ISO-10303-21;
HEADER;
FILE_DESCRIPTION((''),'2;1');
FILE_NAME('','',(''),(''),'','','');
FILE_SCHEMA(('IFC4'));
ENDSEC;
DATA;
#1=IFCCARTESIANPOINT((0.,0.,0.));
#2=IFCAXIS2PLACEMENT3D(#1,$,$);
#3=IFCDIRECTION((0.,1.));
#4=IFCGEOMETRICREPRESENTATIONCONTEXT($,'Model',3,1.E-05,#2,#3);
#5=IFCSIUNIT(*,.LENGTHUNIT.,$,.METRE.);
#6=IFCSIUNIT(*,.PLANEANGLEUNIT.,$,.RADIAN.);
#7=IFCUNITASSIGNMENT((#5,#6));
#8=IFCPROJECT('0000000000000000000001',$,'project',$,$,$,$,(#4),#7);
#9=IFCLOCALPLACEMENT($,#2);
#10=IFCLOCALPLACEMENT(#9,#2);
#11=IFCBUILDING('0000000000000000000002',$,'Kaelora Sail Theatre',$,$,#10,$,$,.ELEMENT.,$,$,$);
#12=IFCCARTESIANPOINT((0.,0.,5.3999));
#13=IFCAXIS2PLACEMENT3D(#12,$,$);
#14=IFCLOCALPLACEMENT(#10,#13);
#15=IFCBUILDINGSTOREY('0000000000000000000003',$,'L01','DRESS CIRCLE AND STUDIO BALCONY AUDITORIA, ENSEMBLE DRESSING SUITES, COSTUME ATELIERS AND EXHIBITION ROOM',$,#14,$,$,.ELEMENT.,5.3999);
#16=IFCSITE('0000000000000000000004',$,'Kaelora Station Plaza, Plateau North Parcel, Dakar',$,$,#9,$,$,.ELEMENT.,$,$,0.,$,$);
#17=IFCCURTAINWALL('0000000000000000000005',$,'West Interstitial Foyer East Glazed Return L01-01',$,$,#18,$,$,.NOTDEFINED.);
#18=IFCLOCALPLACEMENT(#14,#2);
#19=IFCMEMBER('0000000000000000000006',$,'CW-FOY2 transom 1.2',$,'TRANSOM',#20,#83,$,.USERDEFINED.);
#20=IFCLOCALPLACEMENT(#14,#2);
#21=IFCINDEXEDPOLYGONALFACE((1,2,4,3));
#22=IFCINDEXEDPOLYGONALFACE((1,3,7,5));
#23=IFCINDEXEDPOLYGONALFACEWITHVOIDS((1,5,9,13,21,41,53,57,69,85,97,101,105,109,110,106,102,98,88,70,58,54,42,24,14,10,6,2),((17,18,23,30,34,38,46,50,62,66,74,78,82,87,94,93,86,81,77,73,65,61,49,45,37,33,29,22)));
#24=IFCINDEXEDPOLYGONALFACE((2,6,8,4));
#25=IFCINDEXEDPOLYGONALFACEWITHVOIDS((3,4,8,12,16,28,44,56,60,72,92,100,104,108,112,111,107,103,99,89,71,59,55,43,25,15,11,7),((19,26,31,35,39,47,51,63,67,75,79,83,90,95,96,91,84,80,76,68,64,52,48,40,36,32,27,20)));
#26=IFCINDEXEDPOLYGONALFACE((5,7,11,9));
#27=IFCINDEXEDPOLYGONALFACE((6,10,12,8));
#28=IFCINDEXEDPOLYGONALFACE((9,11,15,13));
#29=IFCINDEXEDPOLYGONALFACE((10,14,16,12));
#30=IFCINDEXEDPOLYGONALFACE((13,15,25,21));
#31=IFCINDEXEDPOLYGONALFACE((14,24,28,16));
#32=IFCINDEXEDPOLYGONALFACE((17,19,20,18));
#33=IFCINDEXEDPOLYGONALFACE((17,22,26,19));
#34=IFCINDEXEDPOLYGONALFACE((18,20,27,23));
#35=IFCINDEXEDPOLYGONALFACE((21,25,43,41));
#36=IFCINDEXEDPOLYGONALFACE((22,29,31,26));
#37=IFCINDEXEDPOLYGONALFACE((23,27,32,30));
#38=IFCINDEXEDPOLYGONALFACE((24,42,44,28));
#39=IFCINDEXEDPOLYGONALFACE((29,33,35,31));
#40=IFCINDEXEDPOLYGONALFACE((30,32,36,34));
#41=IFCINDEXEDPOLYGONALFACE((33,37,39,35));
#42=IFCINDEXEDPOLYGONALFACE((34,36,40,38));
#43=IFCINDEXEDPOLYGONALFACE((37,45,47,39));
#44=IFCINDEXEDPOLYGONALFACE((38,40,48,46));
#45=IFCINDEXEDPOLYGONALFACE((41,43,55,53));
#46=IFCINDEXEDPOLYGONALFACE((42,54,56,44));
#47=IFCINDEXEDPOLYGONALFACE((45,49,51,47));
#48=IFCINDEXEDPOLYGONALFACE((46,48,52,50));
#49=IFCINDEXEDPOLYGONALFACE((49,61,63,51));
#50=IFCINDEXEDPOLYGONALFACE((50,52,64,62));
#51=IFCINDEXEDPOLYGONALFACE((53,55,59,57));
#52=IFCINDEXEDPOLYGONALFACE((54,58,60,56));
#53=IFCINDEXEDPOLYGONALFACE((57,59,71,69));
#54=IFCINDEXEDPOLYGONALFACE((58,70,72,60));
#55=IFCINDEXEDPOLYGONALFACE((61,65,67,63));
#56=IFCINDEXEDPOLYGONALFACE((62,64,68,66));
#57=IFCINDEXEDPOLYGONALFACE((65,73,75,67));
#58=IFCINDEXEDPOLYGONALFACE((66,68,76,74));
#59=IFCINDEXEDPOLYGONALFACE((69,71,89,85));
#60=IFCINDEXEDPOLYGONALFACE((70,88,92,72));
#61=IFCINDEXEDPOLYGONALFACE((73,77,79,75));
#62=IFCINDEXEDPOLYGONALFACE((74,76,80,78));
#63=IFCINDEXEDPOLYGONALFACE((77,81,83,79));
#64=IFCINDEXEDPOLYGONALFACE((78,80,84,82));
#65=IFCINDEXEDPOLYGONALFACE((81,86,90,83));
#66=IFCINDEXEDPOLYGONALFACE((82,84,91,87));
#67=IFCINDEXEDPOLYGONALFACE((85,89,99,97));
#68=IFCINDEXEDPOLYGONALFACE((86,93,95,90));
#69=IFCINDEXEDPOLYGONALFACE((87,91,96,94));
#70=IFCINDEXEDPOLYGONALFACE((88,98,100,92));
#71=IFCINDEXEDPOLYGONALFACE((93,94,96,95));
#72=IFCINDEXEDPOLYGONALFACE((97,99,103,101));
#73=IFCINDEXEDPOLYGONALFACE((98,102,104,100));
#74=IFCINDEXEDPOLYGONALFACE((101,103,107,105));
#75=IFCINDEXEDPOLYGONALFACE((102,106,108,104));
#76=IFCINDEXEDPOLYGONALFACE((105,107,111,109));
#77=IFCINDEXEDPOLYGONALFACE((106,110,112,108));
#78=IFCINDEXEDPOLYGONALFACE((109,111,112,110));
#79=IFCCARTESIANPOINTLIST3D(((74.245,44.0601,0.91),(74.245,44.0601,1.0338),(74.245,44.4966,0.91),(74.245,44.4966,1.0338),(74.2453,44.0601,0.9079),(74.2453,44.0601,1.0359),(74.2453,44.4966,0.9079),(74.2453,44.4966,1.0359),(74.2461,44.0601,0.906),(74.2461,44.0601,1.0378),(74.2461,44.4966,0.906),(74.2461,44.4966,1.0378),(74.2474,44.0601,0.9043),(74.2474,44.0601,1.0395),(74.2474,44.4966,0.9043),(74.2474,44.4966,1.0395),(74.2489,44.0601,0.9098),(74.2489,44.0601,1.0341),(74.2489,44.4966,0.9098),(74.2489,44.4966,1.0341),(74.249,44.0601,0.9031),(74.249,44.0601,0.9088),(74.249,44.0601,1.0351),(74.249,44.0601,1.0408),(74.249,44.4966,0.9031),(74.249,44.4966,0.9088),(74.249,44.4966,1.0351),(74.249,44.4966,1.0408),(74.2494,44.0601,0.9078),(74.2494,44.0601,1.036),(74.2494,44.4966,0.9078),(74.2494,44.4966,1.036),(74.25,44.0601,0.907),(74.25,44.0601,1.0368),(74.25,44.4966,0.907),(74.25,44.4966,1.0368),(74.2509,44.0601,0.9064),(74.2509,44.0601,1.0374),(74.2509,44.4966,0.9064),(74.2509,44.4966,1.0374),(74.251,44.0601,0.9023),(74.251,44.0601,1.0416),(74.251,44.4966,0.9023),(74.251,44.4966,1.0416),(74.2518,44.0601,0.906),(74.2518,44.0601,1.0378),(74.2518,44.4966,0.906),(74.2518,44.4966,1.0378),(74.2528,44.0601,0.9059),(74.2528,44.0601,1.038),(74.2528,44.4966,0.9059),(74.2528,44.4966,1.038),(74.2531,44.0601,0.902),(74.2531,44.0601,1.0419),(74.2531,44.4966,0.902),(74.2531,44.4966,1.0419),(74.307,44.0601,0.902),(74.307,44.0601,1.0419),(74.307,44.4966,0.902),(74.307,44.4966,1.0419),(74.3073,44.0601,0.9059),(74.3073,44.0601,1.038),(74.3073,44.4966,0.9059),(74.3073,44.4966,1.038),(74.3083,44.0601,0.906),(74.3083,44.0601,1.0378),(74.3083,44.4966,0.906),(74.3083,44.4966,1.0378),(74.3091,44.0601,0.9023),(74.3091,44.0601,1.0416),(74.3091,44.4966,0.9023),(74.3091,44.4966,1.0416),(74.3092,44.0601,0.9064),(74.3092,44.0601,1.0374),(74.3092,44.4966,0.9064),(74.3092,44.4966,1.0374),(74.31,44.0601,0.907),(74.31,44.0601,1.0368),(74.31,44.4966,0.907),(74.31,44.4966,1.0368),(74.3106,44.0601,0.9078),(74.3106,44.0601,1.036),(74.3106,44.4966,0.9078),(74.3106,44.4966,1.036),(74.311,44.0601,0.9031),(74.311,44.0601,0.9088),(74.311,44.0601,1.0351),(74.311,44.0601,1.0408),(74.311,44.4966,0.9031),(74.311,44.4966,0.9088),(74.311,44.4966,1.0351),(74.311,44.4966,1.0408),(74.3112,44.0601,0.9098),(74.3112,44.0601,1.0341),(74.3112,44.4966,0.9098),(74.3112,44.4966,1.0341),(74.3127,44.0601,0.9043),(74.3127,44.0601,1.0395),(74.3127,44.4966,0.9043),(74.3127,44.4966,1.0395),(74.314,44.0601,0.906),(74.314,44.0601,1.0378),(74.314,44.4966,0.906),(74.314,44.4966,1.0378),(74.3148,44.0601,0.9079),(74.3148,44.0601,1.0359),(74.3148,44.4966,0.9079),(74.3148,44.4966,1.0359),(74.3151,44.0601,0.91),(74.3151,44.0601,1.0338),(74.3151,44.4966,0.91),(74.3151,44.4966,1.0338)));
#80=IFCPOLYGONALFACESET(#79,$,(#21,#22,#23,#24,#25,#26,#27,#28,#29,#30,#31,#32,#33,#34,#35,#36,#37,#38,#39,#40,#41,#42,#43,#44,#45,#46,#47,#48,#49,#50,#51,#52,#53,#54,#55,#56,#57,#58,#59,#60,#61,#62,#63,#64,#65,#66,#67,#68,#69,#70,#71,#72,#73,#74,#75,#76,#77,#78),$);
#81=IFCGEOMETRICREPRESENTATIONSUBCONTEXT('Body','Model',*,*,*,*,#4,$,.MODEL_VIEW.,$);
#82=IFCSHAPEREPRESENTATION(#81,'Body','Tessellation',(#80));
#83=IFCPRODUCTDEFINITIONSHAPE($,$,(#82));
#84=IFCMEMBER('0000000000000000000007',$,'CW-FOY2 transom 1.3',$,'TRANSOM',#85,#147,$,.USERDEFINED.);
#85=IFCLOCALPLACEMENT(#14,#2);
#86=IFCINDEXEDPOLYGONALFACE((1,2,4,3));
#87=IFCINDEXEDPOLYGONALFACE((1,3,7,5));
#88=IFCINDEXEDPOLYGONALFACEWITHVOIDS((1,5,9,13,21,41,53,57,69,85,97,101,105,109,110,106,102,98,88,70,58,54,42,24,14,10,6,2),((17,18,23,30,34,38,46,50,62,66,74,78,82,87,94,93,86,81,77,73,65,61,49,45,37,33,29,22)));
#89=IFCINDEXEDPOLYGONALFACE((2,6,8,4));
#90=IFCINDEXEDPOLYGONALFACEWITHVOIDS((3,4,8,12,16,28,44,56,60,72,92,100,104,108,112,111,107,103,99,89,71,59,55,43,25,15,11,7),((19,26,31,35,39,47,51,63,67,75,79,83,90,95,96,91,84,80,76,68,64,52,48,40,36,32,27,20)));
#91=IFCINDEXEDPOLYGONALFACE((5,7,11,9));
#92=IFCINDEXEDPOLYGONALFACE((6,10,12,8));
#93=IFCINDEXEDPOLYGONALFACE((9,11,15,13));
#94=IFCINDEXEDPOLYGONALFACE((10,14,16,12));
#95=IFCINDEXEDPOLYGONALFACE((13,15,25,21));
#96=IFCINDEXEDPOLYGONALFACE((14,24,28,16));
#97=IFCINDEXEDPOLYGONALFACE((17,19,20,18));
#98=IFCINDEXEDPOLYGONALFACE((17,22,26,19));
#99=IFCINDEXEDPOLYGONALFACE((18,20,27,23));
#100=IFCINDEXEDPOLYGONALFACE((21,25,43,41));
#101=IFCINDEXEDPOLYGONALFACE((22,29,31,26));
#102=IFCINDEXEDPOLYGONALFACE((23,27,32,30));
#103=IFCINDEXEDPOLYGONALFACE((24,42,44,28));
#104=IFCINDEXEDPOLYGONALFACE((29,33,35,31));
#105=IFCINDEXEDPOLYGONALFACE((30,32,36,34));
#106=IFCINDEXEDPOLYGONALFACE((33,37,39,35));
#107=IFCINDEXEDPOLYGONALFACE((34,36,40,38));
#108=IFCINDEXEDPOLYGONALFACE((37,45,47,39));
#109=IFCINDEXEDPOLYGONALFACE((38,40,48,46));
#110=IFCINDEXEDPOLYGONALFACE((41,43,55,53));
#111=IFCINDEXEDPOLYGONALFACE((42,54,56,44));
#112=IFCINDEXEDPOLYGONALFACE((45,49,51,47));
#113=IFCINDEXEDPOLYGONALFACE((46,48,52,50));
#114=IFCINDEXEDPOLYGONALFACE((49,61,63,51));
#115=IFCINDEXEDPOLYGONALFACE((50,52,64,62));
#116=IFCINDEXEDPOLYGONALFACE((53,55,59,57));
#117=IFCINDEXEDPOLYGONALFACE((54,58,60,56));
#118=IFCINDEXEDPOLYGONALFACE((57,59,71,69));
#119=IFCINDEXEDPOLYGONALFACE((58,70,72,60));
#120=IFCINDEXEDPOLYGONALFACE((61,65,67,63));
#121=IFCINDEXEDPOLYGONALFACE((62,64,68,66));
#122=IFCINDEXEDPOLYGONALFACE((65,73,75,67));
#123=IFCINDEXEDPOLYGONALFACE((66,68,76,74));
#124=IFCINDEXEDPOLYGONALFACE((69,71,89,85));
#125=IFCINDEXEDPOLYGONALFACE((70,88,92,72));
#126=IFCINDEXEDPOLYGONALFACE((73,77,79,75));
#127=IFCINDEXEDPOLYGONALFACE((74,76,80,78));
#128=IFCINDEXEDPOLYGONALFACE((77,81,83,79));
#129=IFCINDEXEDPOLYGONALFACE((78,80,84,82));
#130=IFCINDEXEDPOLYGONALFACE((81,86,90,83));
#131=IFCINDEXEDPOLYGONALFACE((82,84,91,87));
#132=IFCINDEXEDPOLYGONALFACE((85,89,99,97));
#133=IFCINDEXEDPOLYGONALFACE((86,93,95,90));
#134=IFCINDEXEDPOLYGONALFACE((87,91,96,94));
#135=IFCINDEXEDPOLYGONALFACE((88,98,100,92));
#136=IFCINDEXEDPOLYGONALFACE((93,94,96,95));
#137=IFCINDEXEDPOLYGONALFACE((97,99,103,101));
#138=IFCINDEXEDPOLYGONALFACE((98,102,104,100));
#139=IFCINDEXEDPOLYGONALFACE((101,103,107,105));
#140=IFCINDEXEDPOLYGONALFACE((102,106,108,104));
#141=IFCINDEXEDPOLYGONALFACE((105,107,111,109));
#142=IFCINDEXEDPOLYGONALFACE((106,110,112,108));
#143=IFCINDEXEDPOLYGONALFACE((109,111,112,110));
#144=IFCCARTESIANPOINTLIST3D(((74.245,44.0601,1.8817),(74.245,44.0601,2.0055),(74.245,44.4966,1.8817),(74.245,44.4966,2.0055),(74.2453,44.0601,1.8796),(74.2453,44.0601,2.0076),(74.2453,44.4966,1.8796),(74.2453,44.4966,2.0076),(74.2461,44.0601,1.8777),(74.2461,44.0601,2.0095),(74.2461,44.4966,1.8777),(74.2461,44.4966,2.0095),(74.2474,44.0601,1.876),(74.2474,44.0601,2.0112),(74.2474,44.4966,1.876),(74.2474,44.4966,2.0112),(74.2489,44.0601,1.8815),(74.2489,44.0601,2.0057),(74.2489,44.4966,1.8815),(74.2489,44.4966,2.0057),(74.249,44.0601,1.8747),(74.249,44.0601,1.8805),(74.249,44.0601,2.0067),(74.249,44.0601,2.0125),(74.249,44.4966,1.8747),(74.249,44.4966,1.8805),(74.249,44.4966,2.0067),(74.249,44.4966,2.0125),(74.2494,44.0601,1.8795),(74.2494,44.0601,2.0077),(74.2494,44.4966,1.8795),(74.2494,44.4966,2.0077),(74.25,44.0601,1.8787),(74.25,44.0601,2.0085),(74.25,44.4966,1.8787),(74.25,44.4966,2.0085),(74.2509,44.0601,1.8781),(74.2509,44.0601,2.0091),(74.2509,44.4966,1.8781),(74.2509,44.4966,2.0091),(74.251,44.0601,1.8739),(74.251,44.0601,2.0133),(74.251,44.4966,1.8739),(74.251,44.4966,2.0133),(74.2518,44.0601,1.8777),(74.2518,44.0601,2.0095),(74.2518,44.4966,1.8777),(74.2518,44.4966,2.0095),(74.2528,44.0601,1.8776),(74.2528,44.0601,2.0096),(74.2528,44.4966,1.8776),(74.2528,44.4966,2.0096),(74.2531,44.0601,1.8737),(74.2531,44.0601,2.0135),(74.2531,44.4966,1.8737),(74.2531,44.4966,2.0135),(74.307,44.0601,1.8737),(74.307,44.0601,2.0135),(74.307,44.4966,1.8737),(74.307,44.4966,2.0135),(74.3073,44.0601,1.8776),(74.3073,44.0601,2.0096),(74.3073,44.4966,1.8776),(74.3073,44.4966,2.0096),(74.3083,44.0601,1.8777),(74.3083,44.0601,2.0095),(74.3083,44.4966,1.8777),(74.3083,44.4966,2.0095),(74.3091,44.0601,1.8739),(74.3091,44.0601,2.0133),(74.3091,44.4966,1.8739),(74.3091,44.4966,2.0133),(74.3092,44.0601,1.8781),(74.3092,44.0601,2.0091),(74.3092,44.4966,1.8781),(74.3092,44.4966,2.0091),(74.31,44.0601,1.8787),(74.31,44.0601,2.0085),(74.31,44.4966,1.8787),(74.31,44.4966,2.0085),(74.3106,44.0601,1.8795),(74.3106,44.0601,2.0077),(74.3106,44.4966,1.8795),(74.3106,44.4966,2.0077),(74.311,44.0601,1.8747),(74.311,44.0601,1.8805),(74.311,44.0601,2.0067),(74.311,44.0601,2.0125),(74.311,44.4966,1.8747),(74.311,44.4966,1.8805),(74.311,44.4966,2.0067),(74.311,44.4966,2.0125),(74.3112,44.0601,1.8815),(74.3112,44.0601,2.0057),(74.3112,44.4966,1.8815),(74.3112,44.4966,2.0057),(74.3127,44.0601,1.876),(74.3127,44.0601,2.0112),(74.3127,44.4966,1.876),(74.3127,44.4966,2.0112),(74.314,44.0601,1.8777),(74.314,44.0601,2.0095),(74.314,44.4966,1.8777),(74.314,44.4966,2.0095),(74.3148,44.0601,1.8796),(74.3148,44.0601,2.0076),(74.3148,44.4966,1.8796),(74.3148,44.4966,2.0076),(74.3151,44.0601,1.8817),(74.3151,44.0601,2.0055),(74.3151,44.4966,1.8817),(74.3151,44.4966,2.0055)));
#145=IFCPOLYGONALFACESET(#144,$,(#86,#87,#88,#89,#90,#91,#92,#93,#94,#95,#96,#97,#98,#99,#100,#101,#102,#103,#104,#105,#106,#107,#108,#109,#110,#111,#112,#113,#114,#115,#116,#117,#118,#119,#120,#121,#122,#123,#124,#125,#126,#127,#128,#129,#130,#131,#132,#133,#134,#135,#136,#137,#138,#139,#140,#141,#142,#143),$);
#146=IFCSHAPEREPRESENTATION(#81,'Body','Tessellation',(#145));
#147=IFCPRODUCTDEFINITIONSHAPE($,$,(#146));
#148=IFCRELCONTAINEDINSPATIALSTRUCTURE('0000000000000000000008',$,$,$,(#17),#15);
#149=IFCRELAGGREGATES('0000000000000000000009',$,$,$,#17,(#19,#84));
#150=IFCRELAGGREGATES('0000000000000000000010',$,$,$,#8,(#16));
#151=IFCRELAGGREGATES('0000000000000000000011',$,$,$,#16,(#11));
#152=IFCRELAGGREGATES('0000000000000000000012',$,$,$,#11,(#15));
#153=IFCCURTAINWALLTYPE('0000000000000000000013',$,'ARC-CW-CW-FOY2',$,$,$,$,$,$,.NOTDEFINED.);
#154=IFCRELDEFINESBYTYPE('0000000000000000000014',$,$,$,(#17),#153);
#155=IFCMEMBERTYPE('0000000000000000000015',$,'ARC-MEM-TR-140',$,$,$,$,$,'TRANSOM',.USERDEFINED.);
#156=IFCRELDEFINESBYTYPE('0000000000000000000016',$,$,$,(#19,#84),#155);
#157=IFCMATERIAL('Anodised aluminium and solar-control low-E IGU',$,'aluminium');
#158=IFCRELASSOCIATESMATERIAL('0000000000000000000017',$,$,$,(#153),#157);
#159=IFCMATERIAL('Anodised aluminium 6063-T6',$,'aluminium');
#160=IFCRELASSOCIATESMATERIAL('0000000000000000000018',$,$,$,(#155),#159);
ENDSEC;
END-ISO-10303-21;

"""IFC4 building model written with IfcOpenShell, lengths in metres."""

from ifc_helpers import new_model, si_unit, direction, frame, origin, origin_2d, place, context, subcontext, project, spatial, hollow_rectangle, extrude, material, material_profile, profile_set, type_object, element, aggregate, save


model = new_model("IFC4")

# Units and contexts
model_context = context("Model", 3, precision=1e-05, world=origin(), true_north=direction((0.0, 1.0)))
body_context = subcontext(model_context, "Body", "Model", "MODEL_VIEW")
ifc_project = project(units=[si_unit("LENGTHUNIT", "METRE"), si_unit("PLANEANGLEUNIT", "RADIAN")], contexts=[model_context])

# Site, building, storey
site_placement = place(None, origin())
site = spatial("IfcSite", under=ifc_project, at=site_placement, Name="Kaelora Station Plaza, Plateau North Parcel, Dakar", CompositionType="ELEMENT", RefElevation=0.0)
building_placement = place(site_placement, origin())
building = spatial("IfcBuilding", under=site, at=building_placement, Name="Kaelora Sail Theatre", CompositionType="ELEMENT")
storey_placement = place(building_placement, frame((0.0, 0.0, 5.3999)))
storey = spatial("IfcBuildingStorey", under=building, at=storey_placement, Name="L01", Description="DRESS CIRCLE AND STUDIO BALCONY AUDITORIA, ENSEMBLE DRESSING SUITES, COSTUME ATELIERS AND EXHIBITION ROOM", CompositionType="ELEMENT", Elevation=5.3999)

# Curtain wall, members
ifc_material_1 = material(Name="Anodised aluminium and solar-control low-E IGU", Category="aluminium")
curtain_wall_type = type_object("IfcCurtainWallType", Name="ARC-CW-CW-FOY2", PredefinedType="NOTDEFINED", material=ifc_material_1)
curtain_wall_placement = place(storey_placement, origin())
curtain_wall = element("IfcCurtainWall", 1, at=curtain_wall_placement, inside=storey, type_object=curtain_wall_type, Name="West Interstitial Foyer East Glazed Return L01-01", PredefinedType="NOTDEFINED")
ifc_material_2 = material(Name="Anodised aluminium 6063-T6", Category="aluminium")
ifc_material_profile_1 = material_profile(ifc_material_2, hollow_rectangle(XDim=0.0701, YDim=0.1399, WallThickness=0.0039, InnerFilletRadius=0.0039, OuterFilletRadius=0.0081, at=origin_2d()), Name="ALU-TRAN 70x140x4")
ifc_profile_set_1 = profile_set([ifc_material_profile_1], Name="Anodised aluminium 6063-T6")
member_type_1 = type_object("IfcMemberType", Name="ARC-MEM-TR-140", ElementType="TRANSOM", PredefinedType="USERDEFINED", material=ifc_profile_set_1)
member_1_placement = place(storey_placement, frame((74.28, 44.0601, 0.9719), z_axis=(0.0, 1.0, 0.0), x_axis=(-1.0, 0.0, 0.0)))
member_1 = element("IfcMember", 2, at=member_1_placement, type_object=member_type_1, Name="CW-FOY2 transom 1.2", ObjectType="TRANSOM", PredefinedType="USERDEFINED", context=body_context, shape_type="SweptSolid", body=[
    extrude(hollow_rectangle(XDim=0.0701, YDim=0.1399, WallThickness=0.0039, InnerFilletRadius=0.0039, OuterFilletRadius=0.0081, at=origin_2d()), origin(), (0.0, 0.0, 1.0), 0.4365),
])
member_2_placement = place(storey_placement, frame((74.28, 44.0601, 1.9436), z_axis=(0.0, 1.0, 0.0), x_axis=(-1.0, 0.0, 0.0)))
member_2 = element("IfcMember", 3, at=member_2_placement, type_object=member_type_1, Name="CW-FOY2 transom 1.3", ObjectType="TRANSOM", PredefinedType="USERDEFINED", context=body_context, shape_type="SweptSolid", body=[
    extrude(hollow_rectangle(XDim=0.0701, YDim=0.1399, WallThickness=0.0039, InnerFilletRadius=0.0039, OuterFilletRadius=0.0081, at=origin_2d()), origin(), (0.0, 0.0, 1.0), 0.4365),
])

aggregate(curtain_wall, [member_1, member_2])

save(model, "model.ifc")
